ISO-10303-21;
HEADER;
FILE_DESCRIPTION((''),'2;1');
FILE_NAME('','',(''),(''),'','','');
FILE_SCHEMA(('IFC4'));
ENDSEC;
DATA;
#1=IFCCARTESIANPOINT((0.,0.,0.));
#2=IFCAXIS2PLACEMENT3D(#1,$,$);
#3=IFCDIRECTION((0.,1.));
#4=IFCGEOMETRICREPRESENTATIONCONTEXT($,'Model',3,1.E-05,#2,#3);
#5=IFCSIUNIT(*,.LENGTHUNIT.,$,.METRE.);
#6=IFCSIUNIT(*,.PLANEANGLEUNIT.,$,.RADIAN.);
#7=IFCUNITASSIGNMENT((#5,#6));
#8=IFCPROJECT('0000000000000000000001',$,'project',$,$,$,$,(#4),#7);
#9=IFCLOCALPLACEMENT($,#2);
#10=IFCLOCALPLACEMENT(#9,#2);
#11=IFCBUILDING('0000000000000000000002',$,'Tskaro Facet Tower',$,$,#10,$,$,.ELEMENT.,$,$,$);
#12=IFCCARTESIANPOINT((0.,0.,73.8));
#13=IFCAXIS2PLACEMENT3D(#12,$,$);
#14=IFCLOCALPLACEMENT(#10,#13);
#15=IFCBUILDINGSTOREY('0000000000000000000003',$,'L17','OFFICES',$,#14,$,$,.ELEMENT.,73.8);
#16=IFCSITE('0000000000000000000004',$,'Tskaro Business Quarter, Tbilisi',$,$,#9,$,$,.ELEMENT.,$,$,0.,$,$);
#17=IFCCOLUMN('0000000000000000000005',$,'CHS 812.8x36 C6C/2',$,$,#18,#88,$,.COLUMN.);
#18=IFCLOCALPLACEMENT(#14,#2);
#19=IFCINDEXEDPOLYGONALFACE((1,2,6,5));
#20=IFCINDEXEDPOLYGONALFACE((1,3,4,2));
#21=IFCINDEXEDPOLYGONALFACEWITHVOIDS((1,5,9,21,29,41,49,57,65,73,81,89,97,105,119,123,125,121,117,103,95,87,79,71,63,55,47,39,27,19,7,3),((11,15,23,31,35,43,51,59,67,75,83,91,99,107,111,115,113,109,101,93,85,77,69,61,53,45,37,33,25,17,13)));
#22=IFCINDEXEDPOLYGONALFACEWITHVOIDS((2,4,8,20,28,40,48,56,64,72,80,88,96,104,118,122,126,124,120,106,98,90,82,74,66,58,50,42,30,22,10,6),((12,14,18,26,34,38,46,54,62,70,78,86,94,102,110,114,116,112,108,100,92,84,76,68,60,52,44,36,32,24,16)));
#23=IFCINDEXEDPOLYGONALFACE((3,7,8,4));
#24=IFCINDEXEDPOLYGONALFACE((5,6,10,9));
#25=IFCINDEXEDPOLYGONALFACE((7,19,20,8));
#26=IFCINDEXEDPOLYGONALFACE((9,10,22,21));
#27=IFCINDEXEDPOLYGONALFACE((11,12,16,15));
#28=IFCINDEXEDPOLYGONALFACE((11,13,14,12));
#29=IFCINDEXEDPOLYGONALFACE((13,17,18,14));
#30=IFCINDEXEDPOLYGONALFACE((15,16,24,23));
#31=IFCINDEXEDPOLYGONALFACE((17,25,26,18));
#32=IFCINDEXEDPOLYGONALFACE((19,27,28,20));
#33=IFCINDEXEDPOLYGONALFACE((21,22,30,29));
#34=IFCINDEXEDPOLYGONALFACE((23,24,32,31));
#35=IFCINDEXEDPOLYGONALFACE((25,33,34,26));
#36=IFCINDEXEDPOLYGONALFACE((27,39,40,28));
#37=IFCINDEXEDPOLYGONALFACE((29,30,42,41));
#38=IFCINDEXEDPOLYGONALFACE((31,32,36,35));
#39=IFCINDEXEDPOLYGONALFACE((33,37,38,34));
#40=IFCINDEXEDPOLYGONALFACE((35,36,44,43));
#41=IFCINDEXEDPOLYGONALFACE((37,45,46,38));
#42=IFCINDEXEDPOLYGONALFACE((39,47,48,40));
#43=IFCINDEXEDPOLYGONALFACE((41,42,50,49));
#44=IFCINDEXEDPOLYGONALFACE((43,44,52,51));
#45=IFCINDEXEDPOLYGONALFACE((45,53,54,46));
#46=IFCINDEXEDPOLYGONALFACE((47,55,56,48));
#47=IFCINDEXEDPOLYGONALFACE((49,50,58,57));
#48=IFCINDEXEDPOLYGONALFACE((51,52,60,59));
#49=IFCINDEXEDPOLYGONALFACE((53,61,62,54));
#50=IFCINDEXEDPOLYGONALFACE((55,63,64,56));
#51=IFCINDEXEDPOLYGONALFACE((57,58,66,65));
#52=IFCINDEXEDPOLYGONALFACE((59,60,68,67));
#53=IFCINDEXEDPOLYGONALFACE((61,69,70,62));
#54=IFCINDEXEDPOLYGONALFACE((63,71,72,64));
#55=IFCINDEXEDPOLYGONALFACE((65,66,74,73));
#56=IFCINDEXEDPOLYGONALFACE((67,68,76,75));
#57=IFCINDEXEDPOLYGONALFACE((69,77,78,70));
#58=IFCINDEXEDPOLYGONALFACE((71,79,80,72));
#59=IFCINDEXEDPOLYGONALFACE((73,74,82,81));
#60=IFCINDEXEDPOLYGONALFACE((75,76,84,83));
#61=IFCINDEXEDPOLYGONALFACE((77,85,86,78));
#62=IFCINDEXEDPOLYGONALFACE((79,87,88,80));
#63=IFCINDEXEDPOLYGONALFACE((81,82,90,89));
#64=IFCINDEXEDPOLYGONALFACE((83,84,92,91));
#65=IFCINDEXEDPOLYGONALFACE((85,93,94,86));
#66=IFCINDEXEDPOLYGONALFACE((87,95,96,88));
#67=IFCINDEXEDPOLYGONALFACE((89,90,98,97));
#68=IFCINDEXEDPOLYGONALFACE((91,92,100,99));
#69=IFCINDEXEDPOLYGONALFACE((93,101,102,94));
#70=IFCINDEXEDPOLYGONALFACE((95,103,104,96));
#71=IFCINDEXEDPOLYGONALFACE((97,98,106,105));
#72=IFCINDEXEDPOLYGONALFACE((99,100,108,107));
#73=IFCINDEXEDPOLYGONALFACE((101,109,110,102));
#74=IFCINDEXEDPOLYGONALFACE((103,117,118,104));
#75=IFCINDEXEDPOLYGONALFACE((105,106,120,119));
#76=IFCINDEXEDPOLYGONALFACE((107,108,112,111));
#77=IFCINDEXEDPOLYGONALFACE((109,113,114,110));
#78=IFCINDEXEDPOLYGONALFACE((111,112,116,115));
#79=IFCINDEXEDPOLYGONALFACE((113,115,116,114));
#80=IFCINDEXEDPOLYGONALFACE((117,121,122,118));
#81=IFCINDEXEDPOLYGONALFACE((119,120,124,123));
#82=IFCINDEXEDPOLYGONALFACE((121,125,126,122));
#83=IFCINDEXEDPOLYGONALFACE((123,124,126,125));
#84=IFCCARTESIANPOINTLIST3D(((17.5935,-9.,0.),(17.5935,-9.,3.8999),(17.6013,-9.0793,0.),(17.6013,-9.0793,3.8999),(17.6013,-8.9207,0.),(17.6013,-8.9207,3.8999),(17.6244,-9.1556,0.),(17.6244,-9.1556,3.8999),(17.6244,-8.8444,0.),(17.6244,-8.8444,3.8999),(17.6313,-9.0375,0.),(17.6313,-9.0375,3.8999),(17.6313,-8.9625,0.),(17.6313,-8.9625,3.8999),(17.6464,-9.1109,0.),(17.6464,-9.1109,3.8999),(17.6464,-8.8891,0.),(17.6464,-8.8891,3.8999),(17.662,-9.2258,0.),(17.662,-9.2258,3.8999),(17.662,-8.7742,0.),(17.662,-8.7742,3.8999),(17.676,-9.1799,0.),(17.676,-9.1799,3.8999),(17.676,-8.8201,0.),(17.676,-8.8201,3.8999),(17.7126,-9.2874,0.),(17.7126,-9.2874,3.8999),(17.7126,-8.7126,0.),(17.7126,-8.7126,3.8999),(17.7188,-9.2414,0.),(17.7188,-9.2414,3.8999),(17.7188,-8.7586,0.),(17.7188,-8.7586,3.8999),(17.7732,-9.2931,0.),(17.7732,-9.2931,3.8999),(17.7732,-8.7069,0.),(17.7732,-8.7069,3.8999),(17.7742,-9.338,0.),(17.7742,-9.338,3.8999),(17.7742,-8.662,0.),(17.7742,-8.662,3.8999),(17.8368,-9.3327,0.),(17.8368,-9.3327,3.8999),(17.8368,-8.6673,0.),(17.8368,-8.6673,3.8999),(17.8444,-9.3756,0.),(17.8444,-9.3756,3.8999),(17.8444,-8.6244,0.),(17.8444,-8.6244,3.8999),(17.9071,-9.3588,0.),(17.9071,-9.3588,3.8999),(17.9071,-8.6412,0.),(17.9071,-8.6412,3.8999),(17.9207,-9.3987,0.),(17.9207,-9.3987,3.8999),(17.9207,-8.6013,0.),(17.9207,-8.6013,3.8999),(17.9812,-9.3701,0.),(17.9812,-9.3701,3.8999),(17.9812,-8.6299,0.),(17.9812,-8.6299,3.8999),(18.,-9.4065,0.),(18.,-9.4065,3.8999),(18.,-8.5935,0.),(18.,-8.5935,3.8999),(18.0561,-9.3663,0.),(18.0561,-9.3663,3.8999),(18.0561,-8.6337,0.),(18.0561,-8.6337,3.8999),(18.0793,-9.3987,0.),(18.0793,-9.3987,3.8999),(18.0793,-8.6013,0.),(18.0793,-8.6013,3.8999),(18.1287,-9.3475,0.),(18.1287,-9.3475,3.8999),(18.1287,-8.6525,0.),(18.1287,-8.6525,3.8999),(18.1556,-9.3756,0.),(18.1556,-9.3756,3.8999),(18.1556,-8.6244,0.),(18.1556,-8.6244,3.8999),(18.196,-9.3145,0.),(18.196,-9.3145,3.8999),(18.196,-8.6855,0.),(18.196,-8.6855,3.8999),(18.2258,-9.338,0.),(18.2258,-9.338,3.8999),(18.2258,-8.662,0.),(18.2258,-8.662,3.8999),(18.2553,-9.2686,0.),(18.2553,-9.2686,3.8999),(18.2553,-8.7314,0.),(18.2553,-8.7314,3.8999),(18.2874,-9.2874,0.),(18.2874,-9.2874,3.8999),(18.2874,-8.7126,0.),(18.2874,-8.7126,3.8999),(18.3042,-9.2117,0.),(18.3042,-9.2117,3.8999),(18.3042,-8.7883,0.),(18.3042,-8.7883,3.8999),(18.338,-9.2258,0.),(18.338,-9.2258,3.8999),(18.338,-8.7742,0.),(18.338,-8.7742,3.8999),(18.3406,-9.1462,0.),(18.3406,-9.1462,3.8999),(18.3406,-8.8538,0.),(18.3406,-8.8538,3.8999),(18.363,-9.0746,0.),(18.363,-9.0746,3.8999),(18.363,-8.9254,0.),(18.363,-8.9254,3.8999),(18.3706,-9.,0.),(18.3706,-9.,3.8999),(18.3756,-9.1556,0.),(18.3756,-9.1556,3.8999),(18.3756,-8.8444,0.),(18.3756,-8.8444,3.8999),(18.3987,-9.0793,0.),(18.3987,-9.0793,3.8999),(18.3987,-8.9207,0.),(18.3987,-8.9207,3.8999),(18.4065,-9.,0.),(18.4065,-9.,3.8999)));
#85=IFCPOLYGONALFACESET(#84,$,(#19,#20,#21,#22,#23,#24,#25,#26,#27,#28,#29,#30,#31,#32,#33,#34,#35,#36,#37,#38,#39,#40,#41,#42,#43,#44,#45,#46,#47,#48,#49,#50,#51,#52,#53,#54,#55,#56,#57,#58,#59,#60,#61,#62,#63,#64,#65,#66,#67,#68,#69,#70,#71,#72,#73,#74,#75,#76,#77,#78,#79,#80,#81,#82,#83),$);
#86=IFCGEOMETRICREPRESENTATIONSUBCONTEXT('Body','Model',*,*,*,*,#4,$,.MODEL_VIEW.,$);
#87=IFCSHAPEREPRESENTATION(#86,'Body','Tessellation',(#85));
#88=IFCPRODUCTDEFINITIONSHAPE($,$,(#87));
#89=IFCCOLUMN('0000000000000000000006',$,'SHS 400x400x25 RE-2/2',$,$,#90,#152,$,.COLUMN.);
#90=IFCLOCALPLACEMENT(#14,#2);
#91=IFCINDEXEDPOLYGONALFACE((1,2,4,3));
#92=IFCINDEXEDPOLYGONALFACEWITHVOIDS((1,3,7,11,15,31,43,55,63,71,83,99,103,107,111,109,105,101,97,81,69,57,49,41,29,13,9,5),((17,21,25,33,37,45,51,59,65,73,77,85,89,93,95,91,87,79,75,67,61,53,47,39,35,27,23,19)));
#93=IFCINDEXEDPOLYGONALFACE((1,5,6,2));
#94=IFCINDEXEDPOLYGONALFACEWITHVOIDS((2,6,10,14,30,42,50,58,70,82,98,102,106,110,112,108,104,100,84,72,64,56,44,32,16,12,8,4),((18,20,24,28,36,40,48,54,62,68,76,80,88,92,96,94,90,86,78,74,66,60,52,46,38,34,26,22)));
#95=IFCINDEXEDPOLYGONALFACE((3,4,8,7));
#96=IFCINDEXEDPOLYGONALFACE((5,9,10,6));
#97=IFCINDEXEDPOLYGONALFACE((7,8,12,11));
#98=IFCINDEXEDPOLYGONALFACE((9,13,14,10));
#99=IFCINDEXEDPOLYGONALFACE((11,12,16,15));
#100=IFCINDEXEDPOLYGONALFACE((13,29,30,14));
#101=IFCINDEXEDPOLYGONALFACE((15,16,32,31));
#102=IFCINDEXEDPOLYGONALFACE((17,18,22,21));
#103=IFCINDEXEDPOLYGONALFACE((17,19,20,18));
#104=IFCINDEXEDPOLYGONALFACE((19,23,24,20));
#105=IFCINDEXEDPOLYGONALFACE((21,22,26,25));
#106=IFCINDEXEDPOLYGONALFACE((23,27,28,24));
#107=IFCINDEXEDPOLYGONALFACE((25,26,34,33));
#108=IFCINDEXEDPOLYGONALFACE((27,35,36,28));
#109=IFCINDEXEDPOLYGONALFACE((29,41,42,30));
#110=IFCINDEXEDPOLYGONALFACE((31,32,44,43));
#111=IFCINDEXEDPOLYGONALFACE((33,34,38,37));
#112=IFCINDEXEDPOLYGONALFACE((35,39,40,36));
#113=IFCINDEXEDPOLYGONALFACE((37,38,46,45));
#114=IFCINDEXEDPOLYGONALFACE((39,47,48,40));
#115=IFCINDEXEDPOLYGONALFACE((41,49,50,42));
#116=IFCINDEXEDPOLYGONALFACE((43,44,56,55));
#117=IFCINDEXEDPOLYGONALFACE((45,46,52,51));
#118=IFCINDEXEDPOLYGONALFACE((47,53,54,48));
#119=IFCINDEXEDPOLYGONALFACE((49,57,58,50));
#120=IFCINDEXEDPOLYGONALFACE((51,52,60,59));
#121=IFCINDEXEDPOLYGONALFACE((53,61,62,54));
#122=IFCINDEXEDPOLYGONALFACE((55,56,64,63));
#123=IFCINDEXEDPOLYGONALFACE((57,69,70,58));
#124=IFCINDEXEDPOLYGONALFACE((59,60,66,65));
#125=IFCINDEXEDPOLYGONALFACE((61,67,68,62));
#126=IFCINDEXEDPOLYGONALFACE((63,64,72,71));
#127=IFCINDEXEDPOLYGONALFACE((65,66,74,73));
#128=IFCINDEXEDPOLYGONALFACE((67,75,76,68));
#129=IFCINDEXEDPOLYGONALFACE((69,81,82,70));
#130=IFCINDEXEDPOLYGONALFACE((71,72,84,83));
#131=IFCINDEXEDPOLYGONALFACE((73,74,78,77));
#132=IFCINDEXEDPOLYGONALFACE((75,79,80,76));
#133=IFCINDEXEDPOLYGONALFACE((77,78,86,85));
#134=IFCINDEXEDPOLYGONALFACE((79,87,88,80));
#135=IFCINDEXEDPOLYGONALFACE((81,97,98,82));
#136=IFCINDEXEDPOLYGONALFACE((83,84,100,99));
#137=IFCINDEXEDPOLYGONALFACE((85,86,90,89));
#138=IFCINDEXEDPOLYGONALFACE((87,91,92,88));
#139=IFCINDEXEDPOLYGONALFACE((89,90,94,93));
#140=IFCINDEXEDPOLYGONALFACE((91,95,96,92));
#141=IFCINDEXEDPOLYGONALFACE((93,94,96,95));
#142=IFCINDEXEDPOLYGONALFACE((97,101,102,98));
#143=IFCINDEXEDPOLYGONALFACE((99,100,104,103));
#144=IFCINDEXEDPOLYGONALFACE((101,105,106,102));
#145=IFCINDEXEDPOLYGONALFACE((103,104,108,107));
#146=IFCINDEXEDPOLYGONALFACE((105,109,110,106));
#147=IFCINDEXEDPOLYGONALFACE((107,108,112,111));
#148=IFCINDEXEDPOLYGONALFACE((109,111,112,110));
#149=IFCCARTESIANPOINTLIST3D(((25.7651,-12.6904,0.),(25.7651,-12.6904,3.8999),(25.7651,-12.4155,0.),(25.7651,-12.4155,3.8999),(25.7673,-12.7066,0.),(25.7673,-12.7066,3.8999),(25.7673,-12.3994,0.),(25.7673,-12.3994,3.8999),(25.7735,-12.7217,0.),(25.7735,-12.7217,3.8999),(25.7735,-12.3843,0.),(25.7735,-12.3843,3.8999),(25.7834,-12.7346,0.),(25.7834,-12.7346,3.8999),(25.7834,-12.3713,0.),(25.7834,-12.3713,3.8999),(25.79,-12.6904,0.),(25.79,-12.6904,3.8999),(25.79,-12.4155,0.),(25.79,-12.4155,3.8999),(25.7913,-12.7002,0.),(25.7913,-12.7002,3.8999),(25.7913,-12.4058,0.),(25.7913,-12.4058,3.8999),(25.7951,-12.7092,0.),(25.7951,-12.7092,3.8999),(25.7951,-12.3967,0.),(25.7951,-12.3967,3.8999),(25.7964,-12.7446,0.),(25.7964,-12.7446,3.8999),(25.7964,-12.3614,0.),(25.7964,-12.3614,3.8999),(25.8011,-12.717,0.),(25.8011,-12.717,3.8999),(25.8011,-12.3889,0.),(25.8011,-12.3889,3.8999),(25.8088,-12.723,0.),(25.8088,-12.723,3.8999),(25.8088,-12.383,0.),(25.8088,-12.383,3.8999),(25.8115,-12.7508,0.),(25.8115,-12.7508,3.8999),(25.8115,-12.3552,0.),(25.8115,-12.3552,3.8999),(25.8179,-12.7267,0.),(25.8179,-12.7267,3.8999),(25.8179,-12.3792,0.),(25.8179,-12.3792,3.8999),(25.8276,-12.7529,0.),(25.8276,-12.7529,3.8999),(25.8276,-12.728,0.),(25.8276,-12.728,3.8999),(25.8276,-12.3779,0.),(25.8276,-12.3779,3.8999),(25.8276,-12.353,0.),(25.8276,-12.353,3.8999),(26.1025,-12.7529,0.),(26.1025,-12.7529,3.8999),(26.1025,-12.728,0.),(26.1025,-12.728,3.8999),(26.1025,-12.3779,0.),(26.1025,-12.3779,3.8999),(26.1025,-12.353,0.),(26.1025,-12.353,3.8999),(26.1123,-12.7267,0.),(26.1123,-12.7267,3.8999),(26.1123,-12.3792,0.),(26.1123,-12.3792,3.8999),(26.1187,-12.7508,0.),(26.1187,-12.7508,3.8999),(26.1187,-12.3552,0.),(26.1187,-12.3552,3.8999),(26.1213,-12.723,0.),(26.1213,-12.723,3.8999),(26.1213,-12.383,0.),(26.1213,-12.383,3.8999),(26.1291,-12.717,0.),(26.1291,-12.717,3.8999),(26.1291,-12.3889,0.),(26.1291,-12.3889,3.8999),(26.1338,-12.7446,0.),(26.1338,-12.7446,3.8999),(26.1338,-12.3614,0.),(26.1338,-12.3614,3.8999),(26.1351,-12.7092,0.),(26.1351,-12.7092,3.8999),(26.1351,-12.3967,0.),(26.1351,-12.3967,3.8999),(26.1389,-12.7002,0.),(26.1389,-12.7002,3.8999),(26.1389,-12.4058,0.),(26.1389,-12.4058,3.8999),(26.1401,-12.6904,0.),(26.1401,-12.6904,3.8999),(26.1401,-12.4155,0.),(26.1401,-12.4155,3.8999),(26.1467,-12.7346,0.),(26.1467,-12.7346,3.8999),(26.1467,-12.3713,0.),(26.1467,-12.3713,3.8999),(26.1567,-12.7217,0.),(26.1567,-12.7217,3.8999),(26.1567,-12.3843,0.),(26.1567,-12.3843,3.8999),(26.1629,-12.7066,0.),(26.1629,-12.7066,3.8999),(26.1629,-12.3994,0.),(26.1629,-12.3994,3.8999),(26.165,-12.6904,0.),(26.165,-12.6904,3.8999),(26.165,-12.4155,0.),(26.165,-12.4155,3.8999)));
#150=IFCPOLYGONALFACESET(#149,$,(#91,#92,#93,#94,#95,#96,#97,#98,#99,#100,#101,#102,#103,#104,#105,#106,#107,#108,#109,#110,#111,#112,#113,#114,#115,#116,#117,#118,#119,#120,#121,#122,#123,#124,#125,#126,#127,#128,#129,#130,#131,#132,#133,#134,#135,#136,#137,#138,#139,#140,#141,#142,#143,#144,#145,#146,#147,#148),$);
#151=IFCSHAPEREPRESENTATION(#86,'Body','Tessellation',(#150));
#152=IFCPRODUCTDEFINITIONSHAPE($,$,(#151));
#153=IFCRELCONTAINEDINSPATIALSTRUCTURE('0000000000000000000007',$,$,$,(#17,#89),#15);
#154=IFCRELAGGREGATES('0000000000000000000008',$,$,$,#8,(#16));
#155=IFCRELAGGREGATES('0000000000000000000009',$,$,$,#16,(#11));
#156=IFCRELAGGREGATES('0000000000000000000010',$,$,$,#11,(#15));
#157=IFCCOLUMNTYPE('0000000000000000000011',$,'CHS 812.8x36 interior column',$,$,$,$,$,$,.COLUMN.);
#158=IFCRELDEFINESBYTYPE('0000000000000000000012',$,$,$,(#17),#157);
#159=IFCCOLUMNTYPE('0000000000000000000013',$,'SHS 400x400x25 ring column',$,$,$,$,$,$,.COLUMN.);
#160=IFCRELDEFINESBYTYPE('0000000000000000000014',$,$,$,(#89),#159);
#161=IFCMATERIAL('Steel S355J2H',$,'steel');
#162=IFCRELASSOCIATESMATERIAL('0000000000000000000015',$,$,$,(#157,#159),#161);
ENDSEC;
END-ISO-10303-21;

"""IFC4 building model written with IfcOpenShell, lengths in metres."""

from ifc_helpers import new_model, si_unit, direction, frame, origin, origin_2d, place, context, subcontext, project, spatial, hollow_rectangle, hollow_circle, extrude, material, material_profile, profile_set, type_object, element, save


model = new_model("IFC4")

# Units and contexts
model_context = context("Model", 3, precision=1e-05, world=origin(), true_north=direction((0.0, 1.0)))
body_context = subcontext(model_context, "Body", "Model", "MODEL_VIEW")
ifc_project = project(units=[si_unit("LENGTHUNIT", "METRE"), si_unit("PLANEANGLEUNIT", "RADIAN")], contexts=[model_context])

# Site, building, storey
site_placement = place(None, origin())
site = spatial("IfcSite", under=ifc_project, at=site_placement, Name="Tskaro Business Quarter, Tbilisi", CompositionType="ELEMENT", RefElevation=0.0)
building_placement = place(site_placement, origin())
building = spatial("IfcBuilding", under=site, at=building_placement, Name="Tskaro Facet Tower", CompositionType="ELEMENT")
storey_placement = place(building_placement, frame((0.0, 0.0, 73.8)))
storey = spatial("IfcBuildingStorey", under=building, at=storey_placement, Name="L17", Description="OFFICES", CompositionType="ELEMENT", Elevation=73.8)

# Columns
ifc_material_1 = material(Name="Steel S355J2H", Category="steel")
ifc_material_profile_1 = material_profile(ifc_material_1, hollow_circle(Radius=0.4065, WallThickness=0.0359, at=origin_2d()), Name="CHS 812.8x36")
ifc_profile_set_1 = profile_set([ifc_material_profile_1], Name="Steel S355J2H")
column_type_1 = type_object("IfcColumnType", Name="CHS 812.8x36 interior column", PredefinedType="COLUMN", material=ifc_profile_set_1)
column_placement = place(storey_placement, frame((18.0, -9.0, 0.0), z_axis=(0.0, 0.0, 1.0), x_axis=(1.0, 0.0, 0.0)))
element("IfcColumn", 1, at=column_placement, inside=storey, type_object=column_type_1, Name="CHS 812.8x36 C6C/2", PredefinedType="COLUMN", context=body_context, shape_type="SweptSolid", body=[
    extrude(hollow_circle(Radius=0.4065, WallThickness=0.0359, at=origin_2d()), origin(), (0.0, 0.0, 1.0), 3.8999),
])
ifc_material_profile_2 = material_profile(ifc_material_1, hollow_rectangle(XDim=0.3999, YDim=0.3999, WallThickness=0.0249, InnerFilletRadius=0.0376, OuterFilletRadius=0.0625, at=origin_2d()), Name="SHS 400x400x25")
ifc_profile_set_2 = profile_set([ifc_material_profile_2], Name="Steel S355J2H")
column_type_2 = type_object("IfcColumnType", Name="SHS 400x400x25 ring column", PredefinedType="COLUMN", material=ifc_profile_set_2)
for number, where, z_axis, x_axis, name in (
    (2, (25.9651, -12.553, 0.0), (0.0, 0.0, 1.0), (1.0, 0.0, 0.0), "SHS 400x400x25 RE-2/2"),
):
    element("IfcColumn", number, at=place(storey_placement, frame(where, z_axis=z_axis, x_axis=x_axis)), inside=storey, type_object=column_type_2, Name=name, PredefinedType="COLUMN", context=body_context, shape_type="SweptSolid", body=[
        extrude(hollow_rectangle(XDim=0.3999, YDim=0.3999, WallThickness=0.0249, InnerFilletRadius=0.0376, OuterFilletRadius=0.0625, at=origin_2d()), origin(), (0.0, 0.0, 1.0), 3.8999),
    ])

save(model, "model.ifc")
